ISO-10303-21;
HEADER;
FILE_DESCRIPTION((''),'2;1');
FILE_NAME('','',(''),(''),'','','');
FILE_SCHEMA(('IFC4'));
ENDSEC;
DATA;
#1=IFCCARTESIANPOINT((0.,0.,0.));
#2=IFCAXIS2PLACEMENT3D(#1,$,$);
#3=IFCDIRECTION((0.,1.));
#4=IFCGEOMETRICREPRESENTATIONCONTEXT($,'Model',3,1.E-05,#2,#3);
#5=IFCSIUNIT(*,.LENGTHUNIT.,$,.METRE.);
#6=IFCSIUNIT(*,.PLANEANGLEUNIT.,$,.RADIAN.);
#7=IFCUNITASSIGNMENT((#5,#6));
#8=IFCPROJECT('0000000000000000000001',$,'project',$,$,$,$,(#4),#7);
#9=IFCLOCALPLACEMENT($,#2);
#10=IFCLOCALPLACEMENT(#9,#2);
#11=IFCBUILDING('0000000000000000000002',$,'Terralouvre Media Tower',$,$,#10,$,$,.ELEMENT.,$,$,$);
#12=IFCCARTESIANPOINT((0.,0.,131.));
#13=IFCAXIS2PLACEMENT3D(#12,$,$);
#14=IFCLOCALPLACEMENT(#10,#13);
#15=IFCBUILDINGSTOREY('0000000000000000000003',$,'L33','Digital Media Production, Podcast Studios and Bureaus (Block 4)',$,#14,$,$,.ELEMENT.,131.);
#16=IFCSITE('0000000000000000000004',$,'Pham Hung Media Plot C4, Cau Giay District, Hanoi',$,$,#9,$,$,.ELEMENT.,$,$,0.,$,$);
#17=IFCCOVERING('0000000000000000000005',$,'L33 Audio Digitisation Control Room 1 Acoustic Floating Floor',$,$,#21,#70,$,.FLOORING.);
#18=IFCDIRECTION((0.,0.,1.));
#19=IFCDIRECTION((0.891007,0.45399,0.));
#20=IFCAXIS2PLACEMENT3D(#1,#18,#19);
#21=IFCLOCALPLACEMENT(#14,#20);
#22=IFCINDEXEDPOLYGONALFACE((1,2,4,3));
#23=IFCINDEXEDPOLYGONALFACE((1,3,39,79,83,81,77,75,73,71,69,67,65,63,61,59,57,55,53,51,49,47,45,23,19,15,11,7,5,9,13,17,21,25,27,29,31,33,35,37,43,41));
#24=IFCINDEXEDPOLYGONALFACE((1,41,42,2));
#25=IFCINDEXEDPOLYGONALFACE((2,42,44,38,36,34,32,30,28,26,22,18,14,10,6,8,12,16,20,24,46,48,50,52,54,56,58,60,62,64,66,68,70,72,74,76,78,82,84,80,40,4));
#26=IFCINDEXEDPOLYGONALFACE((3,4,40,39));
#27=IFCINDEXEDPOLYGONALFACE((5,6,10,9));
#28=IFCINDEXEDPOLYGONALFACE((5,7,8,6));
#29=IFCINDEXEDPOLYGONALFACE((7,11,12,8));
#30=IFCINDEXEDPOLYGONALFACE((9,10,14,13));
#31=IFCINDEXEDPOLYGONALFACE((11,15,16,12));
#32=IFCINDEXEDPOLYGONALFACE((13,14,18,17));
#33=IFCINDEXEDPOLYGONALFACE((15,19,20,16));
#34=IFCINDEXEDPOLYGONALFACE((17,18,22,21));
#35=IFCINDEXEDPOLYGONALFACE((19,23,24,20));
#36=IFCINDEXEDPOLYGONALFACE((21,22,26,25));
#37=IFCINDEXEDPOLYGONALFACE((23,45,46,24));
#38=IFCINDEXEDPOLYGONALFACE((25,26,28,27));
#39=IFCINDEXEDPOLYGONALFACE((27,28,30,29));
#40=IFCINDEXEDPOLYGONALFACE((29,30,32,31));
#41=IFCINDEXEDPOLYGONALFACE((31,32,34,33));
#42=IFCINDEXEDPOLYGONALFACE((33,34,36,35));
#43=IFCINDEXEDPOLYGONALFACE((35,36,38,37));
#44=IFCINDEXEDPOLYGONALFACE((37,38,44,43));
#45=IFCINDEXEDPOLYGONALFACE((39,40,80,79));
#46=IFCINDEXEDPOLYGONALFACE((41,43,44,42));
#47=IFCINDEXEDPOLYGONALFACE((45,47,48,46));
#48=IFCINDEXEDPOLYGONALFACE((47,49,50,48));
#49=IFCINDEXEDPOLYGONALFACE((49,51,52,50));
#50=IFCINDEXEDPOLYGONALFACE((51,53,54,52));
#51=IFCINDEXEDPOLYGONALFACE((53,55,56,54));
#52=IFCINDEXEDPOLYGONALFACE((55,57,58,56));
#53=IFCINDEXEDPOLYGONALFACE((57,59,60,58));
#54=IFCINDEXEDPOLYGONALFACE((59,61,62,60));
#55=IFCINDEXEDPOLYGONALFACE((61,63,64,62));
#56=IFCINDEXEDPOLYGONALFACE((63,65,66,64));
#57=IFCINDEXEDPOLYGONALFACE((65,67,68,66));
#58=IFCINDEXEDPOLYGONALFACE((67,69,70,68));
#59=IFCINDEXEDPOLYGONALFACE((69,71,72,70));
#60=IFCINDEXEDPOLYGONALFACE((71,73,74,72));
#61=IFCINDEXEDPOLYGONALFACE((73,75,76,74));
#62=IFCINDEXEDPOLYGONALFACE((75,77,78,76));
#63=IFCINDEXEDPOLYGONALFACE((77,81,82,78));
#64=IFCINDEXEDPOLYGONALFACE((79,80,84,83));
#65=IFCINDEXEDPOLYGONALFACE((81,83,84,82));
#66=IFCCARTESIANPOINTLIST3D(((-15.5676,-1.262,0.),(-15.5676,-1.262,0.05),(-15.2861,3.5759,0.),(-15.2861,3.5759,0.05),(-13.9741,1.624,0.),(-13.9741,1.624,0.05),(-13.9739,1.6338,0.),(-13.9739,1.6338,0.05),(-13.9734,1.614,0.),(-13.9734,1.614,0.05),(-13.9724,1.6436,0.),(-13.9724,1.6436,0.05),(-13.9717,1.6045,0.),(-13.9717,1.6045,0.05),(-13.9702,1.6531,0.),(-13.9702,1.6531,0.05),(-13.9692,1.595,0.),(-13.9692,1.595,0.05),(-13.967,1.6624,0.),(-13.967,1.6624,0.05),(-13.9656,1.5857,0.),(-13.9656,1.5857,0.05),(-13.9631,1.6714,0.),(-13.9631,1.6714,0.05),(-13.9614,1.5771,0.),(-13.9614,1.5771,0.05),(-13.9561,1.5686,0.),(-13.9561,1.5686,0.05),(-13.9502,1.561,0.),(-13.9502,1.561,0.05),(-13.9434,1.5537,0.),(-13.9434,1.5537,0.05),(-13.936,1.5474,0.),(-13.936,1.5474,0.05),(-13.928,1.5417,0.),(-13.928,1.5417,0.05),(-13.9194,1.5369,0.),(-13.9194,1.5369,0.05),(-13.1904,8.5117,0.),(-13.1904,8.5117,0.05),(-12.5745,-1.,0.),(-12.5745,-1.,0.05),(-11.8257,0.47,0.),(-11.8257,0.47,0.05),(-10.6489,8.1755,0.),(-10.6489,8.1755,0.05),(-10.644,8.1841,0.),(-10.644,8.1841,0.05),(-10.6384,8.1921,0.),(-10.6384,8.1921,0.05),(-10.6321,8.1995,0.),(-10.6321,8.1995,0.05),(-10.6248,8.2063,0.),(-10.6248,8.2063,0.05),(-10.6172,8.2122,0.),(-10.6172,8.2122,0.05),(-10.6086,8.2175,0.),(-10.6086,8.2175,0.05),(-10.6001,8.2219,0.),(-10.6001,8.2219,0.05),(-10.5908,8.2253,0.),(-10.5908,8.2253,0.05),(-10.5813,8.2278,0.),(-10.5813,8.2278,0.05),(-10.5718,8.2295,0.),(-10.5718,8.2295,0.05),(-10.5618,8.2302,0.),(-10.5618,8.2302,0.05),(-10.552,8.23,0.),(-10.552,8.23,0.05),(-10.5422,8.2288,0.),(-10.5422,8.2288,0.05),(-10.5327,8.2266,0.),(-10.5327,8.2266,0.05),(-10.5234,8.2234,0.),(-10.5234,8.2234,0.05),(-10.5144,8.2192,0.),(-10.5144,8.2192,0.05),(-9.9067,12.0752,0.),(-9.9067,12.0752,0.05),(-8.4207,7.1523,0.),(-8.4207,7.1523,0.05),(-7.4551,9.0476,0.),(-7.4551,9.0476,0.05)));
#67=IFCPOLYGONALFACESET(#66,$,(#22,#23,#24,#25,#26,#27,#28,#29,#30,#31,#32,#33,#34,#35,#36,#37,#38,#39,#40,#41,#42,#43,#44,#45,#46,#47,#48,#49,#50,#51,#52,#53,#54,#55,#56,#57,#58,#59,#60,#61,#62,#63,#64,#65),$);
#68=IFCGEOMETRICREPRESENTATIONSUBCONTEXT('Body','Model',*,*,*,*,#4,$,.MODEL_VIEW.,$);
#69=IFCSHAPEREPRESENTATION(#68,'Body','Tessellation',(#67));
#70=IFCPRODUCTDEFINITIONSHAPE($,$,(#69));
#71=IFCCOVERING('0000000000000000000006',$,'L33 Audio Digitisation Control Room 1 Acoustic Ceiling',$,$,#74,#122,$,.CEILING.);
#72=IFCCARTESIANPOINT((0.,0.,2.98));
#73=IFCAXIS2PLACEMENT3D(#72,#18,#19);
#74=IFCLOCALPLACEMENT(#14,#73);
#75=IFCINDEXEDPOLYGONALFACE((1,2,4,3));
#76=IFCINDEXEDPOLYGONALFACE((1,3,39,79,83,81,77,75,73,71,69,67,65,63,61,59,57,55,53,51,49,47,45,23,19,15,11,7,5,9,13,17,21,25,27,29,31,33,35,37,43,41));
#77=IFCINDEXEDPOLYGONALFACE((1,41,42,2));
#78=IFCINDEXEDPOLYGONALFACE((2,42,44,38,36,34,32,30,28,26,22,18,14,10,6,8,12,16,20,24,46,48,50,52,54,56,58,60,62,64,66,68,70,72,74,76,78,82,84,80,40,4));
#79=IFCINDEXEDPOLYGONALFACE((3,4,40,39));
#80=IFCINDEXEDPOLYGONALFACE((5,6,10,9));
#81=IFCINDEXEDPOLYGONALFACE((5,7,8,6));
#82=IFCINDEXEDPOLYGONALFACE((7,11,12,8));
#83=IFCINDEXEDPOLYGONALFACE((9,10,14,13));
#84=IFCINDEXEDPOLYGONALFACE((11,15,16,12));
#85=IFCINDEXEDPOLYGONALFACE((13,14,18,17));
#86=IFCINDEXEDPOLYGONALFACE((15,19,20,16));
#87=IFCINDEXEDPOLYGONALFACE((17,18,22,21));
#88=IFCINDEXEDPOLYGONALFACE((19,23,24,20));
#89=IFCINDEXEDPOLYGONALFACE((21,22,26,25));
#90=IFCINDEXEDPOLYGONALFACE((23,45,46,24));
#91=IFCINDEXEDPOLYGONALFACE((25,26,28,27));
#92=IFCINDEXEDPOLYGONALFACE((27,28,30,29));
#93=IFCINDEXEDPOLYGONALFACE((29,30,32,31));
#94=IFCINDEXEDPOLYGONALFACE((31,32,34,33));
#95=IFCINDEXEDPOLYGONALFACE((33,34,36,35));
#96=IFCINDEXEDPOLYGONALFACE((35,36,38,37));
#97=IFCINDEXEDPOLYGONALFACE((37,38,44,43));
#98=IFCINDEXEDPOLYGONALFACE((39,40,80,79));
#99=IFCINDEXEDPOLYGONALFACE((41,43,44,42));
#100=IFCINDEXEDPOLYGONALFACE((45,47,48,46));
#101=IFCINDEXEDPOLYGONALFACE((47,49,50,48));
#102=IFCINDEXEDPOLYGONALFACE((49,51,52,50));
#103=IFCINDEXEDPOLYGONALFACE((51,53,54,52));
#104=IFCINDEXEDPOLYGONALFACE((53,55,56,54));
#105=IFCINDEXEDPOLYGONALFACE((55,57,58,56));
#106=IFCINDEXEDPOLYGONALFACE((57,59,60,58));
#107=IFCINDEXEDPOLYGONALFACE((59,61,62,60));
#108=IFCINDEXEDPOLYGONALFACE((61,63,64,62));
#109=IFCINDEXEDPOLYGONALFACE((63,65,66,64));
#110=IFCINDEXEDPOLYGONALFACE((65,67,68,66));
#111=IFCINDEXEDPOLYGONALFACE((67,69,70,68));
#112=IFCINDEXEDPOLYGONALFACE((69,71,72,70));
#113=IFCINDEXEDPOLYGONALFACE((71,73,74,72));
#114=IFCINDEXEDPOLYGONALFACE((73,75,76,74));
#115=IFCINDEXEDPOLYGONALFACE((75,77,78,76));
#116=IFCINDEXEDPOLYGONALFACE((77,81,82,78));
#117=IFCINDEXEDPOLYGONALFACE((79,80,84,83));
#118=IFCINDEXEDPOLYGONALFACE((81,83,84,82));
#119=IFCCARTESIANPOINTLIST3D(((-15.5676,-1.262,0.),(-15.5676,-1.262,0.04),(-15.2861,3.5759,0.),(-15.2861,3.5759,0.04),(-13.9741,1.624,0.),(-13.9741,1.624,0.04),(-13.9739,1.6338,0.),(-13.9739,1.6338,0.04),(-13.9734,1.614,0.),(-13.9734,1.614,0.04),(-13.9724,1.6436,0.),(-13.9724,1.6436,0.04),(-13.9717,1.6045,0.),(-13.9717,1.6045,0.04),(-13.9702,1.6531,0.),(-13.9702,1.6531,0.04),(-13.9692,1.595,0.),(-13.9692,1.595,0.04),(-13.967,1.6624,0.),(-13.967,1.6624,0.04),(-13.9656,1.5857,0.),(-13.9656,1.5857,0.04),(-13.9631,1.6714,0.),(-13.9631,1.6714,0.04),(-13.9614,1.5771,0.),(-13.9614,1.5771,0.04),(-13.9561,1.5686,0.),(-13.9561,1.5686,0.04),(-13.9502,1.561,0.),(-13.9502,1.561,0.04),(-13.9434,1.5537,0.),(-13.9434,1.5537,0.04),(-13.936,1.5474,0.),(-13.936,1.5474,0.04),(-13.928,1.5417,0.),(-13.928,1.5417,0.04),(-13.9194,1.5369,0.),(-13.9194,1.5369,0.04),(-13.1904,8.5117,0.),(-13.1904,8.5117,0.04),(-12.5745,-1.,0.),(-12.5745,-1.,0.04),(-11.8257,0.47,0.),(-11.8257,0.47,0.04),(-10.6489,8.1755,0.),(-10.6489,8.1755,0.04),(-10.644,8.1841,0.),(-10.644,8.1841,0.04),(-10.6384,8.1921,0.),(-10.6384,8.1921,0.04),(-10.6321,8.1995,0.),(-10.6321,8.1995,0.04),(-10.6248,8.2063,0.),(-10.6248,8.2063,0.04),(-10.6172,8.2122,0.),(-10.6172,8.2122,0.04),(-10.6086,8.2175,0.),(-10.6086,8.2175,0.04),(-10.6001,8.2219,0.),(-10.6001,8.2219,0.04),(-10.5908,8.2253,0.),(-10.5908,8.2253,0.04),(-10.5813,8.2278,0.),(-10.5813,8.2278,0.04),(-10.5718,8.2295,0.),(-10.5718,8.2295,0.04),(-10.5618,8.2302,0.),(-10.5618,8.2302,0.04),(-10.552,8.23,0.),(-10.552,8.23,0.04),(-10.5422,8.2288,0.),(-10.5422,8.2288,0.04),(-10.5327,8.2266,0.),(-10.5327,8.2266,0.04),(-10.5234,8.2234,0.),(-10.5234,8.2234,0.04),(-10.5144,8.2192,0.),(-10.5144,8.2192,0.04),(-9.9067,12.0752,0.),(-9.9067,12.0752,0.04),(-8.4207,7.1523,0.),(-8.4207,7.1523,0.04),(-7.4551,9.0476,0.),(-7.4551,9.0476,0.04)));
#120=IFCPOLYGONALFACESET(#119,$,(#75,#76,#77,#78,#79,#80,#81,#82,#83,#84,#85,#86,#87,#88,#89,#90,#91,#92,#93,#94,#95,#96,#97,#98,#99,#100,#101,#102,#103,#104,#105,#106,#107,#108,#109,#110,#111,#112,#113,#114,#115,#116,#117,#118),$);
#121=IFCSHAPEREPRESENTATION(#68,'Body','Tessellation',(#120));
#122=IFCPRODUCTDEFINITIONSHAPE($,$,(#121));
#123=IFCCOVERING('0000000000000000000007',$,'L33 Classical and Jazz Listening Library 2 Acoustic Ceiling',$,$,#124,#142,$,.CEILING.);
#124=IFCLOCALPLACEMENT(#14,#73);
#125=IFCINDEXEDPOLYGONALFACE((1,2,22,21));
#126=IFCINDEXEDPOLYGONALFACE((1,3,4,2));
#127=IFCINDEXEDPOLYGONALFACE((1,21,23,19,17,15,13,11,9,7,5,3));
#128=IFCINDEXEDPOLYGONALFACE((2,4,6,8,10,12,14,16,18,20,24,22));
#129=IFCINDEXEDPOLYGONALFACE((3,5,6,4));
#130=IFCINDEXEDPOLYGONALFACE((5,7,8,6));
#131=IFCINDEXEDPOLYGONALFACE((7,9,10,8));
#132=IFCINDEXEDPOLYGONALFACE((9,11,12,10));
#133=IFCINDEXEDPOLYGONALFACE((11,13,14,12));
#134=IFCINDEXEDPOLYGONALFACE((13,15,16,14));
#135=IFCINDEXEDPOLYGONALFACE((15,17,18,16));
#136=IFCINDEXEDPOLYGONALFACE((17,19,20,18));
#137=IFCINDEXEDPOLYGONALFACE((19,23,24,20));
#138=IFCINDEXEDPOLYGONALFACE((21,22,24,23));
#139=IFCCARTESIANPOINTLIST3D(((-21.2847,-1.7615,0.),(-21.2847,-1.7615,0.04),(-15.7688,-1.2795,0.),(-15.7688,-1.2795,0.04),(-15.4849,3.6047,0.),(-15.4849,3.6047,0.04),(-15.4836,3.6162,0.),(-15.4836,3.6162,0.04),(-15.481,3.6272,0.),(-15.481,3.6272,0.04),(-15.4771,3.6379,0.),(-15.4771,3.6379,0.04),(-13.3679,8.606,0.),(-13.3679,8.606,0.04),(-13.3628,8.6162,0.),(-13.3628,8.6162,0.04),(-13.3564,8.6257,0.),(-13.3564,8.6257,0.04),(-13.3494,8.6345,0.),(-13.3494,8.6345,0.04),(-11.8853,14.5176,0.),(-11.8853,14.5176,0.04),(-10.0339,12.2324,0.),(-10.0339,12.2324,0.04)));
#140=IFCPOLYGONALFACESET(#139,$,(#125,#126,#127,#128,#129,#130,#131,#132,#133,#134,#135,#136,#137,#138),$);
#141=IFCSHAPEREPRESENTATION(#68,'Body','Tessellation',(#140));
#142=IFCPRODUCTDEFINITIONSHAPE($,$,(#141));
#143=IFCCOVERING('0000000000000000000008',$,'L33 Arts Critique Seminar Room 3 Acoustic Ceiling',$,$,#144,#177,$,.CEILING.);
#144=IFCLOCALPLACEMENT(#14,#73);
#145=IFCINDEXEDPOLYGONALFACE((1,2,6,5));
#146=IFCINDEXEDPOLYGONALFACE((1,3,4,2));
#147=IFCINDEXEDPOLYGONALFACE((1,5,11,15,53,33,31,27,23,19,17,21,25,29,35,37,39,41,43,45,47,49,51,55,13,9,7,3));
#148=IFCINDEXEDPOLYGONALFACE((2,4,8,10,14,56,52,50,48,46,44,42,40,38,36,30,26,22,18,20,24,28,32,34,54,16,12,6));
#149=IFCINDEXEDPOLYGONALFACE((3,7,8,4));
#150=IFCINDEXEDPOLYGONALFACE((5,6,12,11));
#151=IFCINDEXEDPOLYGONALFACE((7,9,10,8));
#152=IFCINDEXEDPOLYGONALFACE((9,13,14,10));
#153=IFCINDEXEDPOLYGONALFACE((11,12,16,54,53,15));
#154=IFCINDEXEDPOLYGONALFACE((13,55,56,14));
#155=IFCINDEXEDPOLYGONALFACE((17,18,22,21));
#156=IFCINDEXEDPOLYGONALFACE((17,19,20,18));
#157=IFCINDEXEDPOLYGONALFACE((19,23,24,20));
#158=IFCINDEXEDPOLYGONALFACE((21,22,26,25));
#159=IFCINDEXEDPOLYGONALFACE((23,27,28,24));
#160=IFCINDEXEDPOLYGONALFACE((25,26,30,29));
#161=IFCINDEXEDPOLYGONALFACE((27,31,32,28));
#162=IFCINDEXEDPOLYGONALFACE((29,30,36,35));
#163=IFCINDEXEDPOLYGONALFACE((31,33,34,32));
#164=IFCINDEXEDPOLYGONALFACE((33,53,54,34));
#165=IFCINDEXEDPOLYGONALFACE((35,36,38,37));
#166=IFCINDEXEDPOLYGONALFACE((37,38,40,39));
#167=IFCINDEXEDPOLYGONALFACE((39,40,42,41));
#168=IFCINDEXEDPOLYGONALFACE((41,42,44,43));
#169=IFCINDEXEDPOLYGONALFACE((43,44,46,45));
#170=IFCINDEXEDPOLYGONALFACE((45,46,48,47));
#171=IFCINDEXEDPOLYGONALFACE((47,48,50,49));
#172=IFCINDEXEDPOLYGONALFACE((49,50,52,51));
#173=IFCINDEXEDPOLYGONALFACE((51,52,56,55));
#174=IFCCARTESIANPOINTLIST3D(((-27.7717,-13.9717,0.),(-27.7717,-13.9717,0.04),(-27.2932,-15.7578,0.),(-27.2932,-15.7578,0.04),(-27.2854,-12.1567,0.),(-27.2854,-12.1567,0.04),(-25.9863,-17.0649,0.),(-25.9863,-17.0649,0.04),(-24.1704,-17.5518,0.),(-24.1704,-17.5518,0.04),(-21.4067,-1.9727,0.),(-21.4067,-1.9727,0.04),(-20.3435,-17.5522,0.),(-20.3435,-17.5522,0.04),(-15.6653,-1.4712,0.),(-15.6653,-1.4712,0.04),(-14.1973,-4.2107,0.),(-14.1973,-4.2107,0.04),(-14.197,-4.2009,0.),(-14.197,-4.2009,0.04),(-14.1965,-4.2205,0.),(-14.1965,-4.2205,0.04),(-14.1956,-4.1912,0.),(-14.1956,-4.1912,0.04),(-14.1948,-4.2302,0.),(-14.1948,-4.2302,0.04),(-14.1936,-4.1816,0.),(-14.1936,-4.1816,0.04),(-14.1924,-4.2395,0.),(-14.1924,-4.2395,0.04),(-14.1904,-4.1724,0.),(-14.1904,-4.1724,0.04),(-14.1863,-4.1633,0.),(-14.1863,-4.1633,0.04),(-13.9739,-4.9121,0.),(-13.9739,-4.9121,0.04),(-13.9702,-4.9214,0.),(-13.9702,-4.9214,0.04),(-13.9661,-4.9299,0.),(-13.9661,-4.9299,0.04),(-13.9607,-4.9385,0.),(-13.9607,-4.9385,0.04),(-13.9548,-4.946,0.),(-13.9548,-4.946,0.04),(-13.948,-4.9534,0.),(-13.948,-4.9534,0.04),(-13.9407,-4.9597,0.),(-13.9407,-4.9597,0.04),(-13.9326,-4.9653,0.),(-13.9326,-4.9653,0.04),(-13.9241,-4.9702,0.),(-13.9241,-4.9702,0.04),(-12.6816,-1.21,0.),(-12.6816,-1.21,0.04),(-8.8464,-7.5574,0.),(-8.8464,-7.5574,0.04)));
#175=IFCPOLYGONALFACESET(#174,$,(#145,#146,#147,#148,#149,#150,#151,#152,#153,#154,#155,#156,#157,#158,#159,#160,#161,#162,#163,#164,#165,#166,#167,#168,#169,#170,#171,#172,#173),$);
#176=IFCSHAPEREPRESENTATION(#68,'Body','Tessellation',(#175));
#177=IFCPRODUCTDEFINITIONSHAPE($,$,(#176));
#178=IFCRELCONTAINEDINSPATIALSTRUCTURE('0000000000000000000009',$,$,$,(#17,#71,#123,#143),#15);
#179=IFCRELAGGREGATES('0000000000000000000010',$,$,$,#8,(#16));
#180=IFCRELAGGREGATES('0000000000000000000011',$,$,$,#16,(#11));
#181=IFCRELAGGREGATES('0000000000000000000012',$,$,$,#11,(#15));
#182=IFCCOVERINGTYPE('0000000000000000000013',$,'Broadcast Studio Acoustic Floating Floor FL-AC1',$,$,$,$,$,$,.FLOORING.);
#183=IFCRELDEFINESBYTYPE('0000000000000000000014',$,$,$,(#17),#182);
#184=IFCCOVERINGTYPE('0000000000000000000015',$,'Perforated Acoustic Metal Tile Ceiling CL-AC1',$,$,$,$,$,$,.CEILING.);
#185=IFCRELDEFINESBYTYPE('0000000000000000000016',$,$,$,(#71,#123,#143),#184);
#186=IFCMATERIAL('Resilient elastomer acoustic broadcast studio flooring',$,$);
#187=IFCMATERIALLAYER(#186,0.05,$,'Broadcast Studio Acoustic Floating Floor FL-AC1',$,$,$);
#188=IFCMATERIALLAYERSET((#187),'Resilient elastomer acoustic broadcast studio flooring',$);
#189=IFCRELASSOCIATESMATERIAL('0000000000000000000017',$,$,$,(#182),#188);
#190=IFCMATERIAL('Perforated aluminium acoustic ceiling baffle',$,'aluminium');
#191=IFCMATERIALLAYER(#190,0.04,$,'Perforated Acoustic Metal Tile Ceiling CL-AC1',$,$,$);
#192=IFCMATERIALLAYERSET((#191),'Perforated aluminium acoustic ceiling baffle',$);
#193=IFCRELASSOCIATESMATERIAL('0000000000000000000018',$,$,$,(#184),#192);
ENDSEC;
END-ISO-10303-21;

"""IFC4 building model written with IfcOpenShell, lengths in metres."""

from ifc_helpers import new_model, si_unit, direction, frame, origin, place, context, subcontext, project, spatial, polyline, outline, extrude, material, layer, layer_set, type_object, element, save


model = new_model("IFC4")

# Units and contexts
model_context = context("Model", 3, precision=1e-05, world=origin(), true_north=direction((0.0, 1.0)))
body_context = subcontext(model_context, "Body", "Model", "MODEL_VIEW")
ifc_project = project(units=[si_unit("LENGTHUNIT", "METRE"), si_unit("PLANEANGLEUNIT", "RADIAN")], contexts=[model_context])

# Site, building, storey
site_placement = place(None, origin())
site = spatial("IfcSite", under=ifc_project, at=site_placement, Name="Pham Hung Media Plot C4, Cau Giay District, Hanoi", CompositionType="ELEMENT", RefElevation=0.0)
building_placement = place(site_placement, origin())
building = spatial("IfcBuilding", under=site, at=building_placement, Name="Terralouvre Media Tower", CompositionType="ELEMENT")
storey_placement = place(building_placement, frame((0.0, 0.0, 131.0)))
storey = spatial("IfcBuildingStorey", under=building, at=storey_placement, Name="L33", Description="Digital Media Production, Podcast Studios and Bureaus (Block 4)", CompositionType="ELEMENT", Elevation=131.0)

# Coverings
ifc_material_1 = material(Name="Resilient elastomer acoustic broadcast studio flooring")
ifc_layer_1 = layer(ifc_material_1, 0.05, Name="Broadcast Studio Acoustic Floating Floor FL-AC1")
ifc_layer_set_1 = layer_set([ifc_layer_1], Name="Resilient elastomer acoustic broadcast studio flooring")
covering_type_1 = type_object("IfcCoveringType", Name="Broadcast Studio Acoustic Floating Floor FL-AC1", PredefinedType="FLOORING", material=ifc_layer_set_1)
covering_1_placement = place(storey_placement, frame((0.0, 0.0, 0.0), z_axis=(0.0, 0.0, 1.0), x_axis=(0.891007, 0.45399, 0.0)))
element("IfcCovering", 1, at=covering_1_placement, inside=storey, type_object=covering_type_1, Name="L33 Audio Digitisation Control Room 1 Acoustic Floating Floor", PredefinedType="FLOORING", context=body_context, shape_type="SweptSolid", body=[
    extrude(outline(polyline([(-13.1904, 8.5117), (-15.2861, 3.5759), (-15.5676, -1.262), (-12.5745, -1.0), (-11.8257, 0.47), (-13.9194, 1.5369), (-13.928, 1.5417), (-13.936, 1.5474), (-13.9434, 1.5537), (-13.9502, 1.561), (-13.9561, 1.5686), (-13.9614, 1.5771), (-13.9656, 1.5857), (-13.9692, 1.595), (-13.9717, 1.6045), (-13.9734, 1.614), (-13.9741, 1.624), (-13.9739, 1.6338), (-13.9724, 1.6436), (-13.9702, 1.6531), (-13.967, 1.6624), (-13.9631, 1.6714), (-10.6489, 8.1755), (-10.644, 8.1841), (-10.6384, 8.1921), (-10.6321, 8.1995), (-10.6248, 8.2063), (-10.6172, 8.2122), (-10.6086, 8.2175), (-10.6001, 8.2219), (-10.5908, 8.2253), (-10.5813, 8.2278), (-10.5718, 8.2295), (-10.5618, 8.2302), (-10.552, 8.23), (-10.5422, 8.2288), (-10.5327, 8.2266), (-10.5234, 8.2234), (-10.5144, 8.2192), (-8.4207, 7.1523), (-7.4551, 9.0476), (-9.9067, 12.0752), (-13.1904, 8.5117)])), origin(), (0.0, 0.0, 1.0), 0.05),
])
ifc_material_2 = material(Name="Perforated aluminium acoustic ceiling baffle", Category="aluminium")
ifc_layer_2 = layer(ifc_material_2, 0.04, Name="Perforated Acoustic Metal Tile Ceiling CL-AC1")
ifc_layer_set_2 = layer_set([ifc_layer_2], Name="Perforated aluminium acoustic ceiling baffle")
covering_type_2 = type_object("IfcCoveringType", Name="Perforated Acoustic Metal Tile Ceiling CL-AC1", PredefinedType="CEILING", material=ifc_layer_set_2)
covering_2_placement = place(storey_placement, frame((0.0, 0.0, 2.98), z_axis=(0.0, 0.0, 1.0), x_axis=(0.891007, 0.45399, 0.0)))
element("IfcCovering", 2, at=covering_2_placement, inside=storey, type_object=covering_type_2, Name="L33 Audio Digitisation Control Room 1 Acoustic Ceiling", PredefinedType="CEILING", context=body_context, shape_type="SweptSolid", body=[
    extrude(outline(polyline([(-13.1904, 8.5117), (-15.2861, 3.5759), (-15.5676, -1.262), (-12.5745, -1.0), (-11.8257, 0.47), (-13.9194, 1.5369), (-13.928, 1.5417), (-13.936, 1.5474), (-13.9434, 1.5537), (-13.9502, 1.561), (-13.9561, 1.5686), (-13.9614, 1.5771), (-13.9656, 1.5857), (-13.9692, 1.595), (-13.9717, 1.6045), (-13.9734, 1.614), (-13.9741, 1.624), (-13.9739, 1.6338), (-13.9724, 1.6436), (-13.9702, 1.6531), (-13.967, 1.6624), (-13.9631, 1.6714), (-10.6489, 8.1755), (-10.644, 8.1841), (-10.6384, 8.1921), (-10.6321, 8.1995), (-10.6248, 8.2063), (-10.6172, 8.2122), (-10.6086, 8.2175), (-10.6001, 8.2219), (-10.5908, 8.2253), (-10.5813, 8.2278), (-10.5718, 8.2295), (-10.5618, 8.2302), (-10.552, 8.23), (-10.5422, 8.2288), (-10.5327, 8.2266), (-10.5234, 8.2234), (-10.5144, 8.2192), (-8.4207, 7.1523), (-7.4551, 9.0476), (-9.9067, 12.0752), (-13.1904, 8.5117)])), origin(), (0.0, 0.0, 1.0), 0.04),
])
covering_3_placement = place(storey_placement, frame((0.0, 0.0, 2.98), z_axis=(0.0, 0.0, 1.0), x_axis=(0.891007, 0.45399, 0.0)))
element("IfcCovering", 3, at=covering_3_placement, inside=storey, type_object=covering_type_2, Name="L33 Classical and Jazz Listening Library 2 Acoustic Ceiling", PredefinedType="CEILING", context=body_context, shape_type="SweptSolid", body=[
    extrude(outline(polyline([(-15.4849, 3.6047), (-15.4836, 3.6162), (-15.481, 3.6272), (-15.4771, 3.6379), (-13.3679, 8.606), (-13.3628, 8.6162), (-13.3564, 8.6257), (-13.3494, 8.6345), (-10.0339, 12.2324), (-11.8853, 14.5176), (-21.2847, -1.7615), (-15.7688, -1.2795), (-15.4849, 3.6047)])), origin(), (0.0, 0.0, 1.0), 0.04),
])
covering_4_placement = place(storey_placement, frame((0.0, 0.0, 2.98), z_axis=(0.0, 0.0, 1.0), x_axis=(0.891007, 0.45399, 0.0)))
element("IfcCovering", 4, at=covering_4_placement, inside=storey, type_object=covering_type_2, Name="L33 Arts Critique Seminar Room 3 Acoustic Ceiling", PredefinedType="CEILING", context=body_context, shape_type="SweptSolid", body=[
    extrude(outline(polyline([(-20.3435, -17.5522), (-8.8464, -7.5574), (-13.9241, -4.9702), (-13.9326, -4.9653), (-13.9407, -4.9597), (-13.948, -4.9534), (-13.9548, -4.946), (-13.9607, -4.9385), (-13.9661, -4.9299), (-13.9702, -4.9214), (-13.9739, -4.9121), (-14.1924, -4.2395), (-14.1948, -4.2302), (-14.1965, -4.2205), (-14.1973, -4.2107), (-14.197, -4.2009), (-14.1956, -4.1912), (-14.1936, -4.1816), (-14.1904, -4.1724), (-14.1863, -4.1633), (-12.6816, -1.21), (-15.6653, -1.4712), (-21.4067, -1.9727), (-27.2854, -12.1567), (-27.7717, -13.9717), (-27.2932, -15.7578), (-25.9863, -17.0649), (-24.1704, -17.5518), (-20.3435, -17.5522)])), origin(), (0.0, 0.0, 1.0), 0.04),
])

save(model, "model.ifc")
